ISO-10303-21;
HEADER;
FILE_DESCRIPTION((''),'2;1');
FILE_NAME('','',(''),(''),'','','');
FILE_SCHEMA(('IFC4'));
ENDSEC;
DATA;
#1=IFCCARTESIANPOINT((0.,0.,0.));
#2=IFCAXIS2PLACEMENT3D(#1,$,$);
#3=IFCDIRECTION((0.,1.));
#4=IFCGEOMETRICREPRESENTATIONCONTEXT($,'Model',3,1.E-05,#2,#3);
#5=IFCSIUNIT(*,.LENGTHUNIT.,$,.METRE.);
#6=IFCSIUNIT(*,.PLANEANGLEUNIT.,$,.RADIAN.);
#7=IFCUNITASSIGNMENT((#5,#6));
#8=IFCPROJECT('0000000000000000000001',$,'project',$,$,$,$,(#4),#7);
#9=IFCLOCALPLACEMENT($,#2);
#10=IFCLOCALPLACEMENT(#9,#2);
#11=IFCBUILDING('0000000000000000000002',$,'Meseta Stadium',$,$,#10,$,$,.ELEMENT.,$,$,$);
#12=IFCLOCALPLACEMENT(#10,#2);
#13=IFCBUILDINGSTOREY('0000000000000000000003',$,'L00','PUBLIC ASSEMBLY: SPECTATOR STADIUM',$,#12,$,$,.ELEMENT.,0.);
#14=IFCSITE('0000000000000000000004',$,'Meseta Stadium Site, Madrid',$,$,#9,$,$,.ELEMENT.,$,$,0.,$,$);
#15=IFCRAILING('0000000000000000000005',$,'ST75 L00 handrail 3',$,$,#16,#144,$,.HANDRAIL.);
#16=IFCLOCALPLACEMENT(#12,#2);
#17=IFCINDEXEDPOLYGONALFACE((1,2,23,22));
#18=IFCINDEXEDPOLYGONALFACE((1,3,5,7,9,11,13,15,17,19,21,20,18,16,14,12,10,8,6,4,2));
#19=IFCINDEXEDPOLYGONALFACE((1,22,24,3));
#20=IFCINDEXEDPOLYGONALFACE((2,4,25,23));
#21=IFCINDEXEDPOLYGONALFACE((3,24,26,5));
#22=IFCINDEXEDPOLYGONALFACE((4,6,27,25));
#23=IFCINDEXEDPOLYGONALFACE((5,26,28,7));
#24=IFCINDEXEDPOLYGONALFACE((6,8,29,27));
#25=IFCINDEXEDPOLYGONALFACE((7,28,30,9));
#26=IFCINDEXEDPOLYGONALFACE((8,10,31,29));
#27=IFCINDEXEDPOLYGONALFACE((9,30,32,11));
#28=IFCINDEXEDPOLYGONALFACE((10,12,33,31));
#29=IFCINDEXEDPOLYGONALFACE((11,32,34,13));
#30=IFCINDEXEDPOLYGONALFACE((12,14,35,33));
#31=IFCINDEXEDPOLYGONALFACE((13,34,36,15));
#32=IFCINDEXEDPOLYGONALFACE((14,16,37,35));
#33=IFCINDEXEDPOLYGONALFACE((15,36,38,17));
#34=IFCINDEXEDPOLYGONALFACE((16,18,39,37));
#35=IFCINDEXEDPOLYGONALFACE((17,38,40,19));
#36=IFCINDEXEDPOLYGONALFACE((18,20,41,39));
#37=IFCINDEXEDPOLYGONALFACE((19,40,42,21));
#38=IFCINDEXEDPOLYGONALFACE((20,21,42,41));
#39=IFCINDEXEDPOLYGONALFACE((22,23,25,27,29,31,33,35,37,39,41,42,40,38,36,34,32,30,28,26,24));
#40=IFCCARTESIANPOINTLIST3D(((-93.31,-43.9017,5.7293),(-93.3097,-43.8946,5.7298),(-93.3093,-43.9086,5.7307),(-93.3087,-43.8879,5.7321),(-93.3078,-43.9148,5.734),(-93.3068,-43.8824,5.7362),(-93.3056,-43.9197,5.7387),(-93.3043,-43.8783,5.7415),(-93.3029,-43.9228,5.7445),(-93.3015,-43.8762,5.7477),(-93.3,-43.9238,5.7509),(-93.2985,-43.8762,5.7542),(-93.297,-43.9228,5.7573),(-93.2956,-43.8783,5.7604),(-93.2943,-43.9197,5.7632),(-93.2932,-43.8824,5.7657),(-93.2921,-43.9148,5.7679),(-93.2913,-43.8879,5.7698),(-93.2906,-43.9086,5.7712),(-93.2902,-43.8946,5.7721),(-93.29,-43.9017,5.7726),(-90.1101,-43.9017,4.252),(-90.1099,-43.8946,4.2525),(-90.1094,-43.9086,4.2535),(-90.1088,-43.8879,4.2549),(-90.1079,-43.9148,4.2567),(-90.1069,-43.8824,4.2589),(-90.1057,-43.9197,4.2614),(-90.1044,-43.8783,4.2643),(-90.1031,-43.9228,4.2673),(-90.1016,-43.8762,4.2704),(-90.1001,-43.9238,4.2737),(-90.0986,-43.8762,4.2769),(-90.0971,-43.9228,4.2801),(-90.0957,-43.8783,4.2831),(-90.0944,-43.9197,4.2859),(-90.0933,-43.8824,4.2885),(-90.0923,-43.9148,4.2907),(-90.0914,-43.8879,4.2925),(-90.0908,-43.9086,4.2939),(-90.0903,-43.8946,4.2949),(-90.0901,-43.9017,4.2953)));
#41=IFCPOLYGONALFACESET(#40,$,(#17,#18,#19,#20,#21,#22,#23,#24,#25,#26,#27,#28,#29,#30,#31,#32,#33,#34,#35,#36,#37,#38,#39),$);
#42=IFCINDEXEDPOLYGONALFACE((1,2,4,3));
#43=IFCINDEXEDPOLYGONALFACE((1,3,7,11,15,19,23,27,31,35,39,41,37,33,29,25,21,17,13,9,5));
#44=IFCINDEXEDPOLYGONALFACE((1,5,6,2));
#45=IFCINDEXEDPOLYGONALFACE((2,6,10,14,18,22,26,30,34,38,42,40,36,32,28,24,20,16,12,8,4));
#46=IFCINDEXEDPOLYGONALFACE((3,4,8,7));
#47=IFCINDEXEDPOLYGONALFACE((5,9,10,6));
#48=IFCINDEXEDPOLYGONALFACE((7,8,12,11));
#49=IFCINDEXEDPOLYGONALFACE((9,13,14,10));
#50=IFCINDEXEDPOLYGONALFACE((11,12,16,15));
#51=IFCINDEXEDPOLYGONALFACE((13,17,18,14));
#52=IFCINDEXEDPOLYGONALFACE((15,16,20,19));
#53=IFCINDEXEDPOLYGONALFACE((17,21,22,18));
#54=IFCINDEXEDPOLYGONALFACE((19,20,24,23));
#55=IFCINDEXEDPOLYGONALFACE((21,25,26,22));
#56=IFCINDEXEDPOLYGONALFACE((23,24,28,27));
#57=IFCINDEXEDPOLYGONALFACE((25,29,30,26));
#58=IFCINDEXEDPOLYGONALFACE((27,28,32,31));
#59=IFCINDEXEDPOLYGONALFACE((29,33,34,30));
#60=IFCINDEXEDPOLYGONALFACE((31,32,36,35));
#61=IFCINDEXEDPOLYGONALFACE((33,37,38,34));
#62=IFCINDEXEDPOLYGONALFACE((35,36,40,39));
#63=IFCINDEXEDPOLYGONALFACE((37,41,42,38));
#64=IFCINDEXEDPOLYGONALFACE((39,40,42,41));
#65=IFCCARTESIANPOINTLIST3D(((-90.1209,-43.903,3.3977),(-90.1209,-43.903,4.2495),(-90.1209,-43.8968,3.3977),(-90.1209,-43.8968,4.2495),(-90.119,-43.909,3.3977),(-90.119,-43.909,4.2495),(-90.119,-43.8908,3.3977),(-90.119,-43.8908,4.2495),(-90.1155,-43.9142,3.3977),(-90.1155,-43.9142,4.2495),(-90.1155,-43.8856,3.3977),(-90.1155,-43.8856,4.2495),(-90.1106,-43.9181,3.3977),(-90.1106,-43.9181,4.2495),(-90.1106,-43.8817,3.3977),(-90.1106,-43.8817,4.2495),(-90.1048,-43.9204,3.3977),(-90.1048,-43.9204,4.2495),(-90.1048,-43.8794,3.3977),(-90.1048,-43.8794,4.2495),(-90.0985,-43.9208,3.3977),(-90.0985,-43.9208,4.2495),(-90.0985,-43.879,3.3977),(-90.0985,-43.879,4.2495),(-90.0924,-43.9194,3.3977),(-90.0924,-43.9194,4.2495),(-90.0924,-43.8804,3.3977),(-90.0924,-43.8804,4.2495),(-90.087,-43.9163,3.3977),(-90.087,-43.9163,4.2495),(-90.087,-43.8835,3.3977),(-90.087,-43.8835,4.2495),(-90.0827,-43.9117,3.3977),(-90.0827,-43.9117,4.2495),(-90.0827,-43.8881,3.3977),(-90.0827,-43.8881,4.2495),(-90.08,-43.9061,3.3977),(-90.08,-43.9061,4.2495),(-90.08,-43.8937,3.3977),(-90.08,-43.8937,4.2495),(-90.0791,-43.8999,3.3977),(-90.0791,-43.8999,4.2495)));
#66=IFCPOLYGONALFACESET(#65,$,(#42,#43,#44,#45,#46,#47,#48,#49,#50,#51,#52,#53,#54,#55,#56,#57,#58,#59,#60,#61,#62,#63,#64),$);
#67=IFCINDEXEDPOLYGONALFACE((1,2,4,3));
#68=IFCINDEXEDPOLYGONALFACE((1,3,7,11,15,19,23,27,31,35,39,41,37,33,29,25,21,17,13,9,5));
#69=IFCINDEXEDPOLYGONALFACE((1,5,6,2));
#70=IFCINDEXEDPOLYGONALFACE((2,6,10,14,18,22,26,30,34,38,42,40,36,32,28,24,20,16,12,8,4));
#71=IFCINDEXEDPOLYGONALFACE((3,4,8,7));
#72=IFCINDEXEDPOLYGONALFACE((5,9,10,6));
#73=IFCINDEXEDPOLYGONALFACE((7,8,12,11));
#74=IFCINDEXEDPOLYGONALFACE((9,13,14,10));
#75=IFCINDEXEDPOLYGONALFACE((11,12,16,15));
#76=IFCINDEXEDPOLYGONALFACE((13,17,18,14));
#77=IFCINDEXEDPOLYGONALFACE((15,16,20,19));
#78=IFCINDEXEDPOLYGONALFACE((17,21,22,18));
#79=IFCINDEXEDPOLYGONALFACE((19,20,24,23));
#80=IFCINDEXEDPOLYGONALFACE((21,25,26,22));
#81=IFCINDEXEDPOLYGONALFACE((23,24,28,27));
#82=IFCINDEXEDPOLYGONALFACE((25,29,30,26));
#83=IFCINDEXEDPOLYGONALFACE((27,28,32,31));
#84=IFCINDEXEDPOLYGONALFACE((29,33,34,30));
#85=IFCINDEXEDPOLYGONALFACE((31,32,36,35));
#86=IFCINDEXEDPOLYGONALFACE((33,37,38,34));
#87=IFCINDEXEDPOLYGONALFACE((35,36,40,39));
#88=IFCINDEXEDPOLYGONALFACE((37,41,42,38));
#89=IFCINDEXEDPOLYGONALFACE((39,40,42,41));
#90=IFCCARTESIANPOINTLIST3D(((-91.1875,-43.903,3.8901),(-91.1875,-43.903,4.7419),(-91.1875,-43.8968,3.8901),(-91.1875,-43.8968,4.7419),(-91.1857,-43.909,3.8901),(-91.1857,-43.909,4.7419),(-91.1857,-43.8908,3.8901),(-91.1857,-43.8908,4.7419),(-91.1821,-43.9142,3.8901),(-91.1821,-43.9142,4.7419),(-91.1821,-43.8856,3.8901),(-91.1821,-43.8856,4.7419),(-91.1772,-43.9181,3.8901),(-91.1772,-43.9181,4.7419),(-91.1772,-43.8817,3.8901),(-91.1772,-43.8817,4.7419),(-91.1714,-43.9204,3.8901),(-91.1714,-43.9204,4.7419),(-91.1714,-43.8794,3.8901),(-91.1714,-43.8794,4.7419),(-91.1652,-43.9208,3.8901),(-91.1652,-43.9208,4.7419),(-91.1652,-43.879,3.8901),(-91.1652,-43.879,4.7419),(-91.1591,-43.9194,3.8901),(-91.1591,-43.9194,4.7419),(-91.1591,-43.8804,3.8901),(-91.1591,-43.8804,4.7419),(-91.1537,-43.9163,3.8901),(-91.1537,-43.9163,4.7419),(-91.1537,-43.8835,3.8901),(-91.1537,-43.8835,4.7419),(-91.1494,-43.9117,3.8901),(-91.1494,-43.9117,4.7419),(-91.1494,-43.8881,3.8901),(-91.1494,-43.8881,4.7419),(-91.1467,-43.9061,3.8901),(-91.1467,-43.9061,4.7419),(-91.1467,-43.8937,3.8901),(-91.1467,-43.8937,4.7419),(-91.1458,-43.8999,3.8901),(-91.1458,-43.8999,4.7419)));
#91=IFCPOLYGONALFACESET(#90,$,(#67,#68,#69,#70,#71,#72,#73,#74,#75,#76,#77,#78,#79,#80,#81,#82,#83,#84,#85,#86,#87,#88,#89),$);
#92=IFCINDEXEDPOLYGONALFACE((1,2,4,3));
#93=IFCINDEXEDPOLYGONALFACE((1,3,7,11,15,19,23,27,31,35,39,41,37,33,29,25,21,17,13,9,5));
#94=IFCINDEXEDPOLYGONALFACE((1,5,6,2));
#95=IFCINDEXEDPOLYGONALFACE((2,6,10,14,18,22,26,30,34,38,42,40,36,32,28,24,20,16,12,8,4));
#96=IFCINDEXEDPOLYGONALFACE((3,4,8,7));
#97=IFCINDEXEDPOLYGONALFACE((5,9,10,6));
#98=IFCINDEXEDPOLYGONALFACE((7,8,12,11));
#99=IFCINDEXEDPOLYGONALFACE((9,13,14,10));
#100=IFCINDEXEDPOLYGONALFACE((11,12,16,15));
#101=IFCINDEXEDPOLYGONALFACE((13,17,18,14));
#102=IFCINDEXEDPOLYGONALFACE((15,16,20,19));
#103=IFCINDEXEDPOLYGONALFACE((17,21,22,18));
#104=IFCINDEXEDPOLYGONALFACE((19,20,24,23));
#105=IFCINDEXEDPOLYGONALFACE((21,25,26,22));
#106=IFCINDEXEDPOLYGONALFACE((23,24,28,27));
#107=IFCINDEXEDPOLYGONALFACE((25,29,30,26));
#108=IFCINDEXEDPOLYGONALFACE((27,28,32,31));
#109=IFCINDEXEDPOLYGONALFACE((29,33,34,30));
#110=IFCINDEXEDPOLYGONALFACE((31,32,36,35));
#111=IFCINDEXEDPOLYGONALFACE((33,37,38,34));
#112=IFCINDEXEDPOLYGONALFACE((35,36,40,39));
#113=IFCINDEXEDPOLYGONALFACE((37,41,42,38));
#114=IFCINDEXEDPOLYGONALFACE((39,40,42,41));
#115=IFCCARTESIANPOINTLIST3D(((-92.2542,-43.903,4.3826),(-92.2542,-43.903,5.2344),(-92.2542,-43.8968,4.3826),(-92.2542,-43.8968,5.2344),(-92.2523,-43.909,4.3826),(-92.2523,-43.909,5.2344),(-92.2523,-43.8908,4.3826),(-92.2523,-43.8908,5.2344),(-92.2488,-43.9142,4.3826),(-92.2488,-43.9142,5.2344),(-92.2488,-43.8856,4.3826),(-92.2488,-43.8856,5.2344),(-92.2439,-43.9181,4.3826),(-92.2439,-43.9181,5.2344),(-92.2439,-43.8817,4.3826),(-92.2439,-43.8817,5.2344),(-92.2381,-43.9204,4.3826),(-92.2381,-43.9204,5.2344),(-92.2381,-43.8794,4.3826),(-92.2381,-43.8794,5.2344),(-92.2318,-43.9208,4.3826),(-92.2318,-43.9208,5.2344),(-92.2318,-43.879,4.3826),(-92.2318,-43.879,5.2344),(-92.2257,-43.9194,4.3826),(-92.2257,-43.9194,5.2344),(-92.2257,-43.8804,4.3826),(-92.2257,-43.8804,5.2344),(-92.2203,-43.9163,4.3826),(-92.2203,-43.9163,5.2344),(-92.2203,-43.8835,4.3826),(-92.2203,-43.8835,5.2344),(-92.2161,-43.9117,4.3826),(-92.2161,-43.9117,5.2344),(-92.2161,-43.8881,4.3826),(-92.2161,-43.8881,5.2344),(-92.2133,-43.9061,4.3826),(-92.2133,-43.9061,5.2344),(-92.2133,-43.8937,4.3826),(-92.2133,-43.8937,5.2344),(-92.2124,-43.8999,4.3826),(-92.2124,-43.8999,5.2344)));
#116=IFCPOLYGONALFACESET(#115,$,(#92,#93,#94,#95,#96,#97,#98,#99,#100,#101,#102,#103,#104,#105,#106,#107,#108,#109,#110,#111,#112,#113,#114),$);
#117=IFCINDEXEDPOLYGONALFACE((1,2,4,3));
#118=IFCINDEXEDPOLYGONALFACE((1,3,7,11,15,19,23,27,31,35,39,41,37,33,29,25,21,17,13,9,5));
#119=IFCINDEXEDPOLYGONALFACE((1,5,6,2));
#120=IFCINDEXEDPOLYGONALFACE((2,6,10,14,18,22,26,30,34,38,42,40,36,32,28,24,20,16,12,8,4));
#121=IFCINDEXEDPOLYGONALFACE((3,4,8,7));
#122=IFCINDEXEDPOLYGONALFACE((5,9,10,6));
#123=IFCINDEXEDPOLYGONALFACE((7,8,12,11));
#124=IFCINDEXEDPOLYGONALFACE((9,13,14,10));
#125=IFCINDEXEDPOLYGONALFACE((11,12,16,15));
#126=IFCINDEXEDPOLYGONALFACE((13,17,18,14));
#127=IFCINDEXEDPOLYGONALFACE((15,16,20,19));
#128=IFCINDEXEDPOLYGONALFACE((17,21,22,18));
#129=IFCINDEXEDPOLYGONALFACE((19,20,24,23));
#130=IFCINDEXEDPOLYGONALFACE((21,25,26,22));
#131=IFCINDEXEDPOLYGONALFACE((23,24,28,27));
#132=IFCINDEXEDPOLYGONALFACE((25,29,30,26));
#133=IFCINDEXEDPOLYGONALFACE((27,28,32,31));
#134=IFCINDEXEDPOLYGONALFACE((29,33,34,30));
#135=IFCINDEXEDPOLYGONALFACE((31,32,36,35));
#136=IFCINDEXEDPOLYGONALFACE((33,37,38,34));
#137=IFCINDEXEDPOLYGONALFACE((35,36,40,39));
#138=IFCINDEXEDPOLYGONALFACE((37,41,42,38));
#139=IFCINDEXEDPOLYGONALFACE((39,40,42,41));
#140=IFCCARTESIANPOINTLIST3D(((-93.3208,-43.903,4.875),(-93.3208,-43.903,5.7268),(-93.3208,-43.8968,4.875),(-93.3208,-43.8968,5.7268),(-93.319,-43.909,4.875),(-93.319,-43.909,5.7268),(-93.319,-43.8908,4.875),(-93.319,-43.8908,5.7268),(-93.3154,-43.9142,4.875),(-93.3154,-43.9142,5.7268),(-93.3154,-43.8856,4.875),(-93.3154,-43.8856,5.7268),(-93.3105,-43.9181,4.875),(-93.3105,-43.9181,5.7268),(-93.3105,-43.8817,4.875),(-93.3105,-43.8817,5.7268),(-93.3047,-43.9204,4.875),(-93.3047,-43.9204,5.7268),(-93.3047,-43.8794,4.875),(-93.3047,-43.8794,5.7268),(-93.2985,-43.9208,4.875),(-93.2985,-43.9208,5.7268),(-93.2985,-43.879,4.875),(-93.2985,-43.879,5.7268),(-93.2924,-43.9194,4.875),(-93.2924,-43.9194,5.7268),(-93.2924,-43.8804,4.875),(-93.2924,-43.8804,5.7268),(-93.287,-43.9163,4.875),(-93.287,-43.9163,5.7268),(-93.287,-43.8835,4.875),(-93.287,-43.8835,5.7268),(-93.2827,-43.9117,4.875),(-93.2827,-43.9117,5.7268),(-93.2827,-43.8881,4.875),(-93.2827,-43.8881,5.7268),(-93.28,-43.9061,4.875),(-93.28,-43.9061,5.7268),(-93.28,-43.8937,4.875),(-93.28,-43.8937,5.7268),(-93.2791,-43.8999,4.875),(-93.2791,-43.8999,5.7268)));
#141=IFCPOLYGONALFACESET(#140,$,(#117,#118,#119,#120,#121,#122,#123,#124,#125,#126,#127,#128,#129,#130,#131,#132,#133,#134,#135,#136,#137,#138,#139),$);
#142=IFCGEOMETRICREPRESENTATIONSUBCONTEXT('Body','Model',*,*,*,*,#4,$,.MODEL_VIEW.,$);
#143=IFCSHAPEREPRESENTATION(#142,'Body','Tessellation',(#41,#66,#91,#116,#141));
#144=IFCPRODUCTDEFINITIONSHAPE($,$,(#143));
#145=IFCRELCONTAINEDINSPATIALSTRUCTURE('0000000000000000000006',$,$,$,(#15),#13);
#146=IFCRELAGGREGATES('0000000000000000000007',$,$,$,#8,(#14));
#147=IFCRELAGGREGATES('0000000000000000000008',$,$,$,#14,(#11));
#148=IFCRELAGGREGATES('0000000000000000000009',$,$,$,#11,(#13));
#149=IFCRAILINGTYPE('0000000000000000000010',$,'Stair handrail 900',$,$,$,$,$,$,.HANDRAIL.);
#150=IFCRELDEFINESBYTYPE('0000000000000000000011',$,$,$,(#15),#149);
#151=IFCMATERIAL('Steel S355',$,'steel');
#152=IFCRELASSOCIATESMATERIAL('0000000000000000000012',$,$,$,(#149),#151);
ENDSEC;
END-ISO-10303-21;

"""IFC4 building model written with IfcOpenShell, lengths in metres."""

from ifc_helpers import new_model, si_unit, direction, frame, origin, origin_2d, place, context, subcontext, project, spatial, circle, extrude, material, type_object, element, save


model = new_model("IFC4")

# Units and contexts
model_context = context("Model", 3, precision=1e-05, world=origin(), true_north=direction((0.0, 1.0)))
body_context = subcontext(model_context, "Body", "Model", "MODEL_VIEW")
ifc_project = project(units=[si_unit("LENGTHUNIT", "METRE"), si_unit("PLANEANGLEUNIT", "RADIAN")], contexts=[model_context])

# Site, building, storey
site_placement = place(None, origin())
site = spatial("IfcSite", under=ifc_project, at=site_placement, Name="Meseta Stadium Site, Madrid", CompositionType="ELEMENT", RefElevation=0.0)
building_placement = place(site_placement, origin())
building = spatial("IfcBuilding", under=site, at=building_placement, Name="Meseta Stadium", CompositionType="ELEMENT")
storey_placement = place(building_placement, origin())
storey = spatial("IfcBuildingStorey", under=building, at=storey_placement, Name="L00", Description="PUBLIC ASSEMBLY: SPECTATOR STADIUM", CompositionType="ELEMENT", Elevation=0.0)

# Railing
ifc_material_1 = material(Name="Steel S355", Category="steel")
railing_type_1 = type_object("IfcRailingType", Name="Stair handrail 900", PredefinedType="HANDRAIL", material=ifc_material_1)
for number, where, name in (
    (1, (-90.1001, -43.8999, 3.3977), "ST75 L00 handrail 3"),
):
    element("IfcRailing", number, at=place(storey_placement, frame(where)), inside=storey, type_object=railing_type_1, Name=name, PredefinedType="HANDRAIL", context=body_context, shape_type="SweptSolid", body=[
        extrude(circle(Radius=0.0239, at=origin_2d()), frame((0.0, 0.0, 0.876), z_axis=(-0.907917, 0.0, 0.41915), x_axis=(0.0, -1.0, 0.0)), (0.0, 0.0, 1.0), 3.5244),
        extrude(circle(Radius=0.021, at=origin_2d()), origin(), (0.0, 0.0, 1.0), 0.8518),
        extrude(circle(Radius=0.021, at=origin_2d()), frame((-1.0667, 0.0, 0.4924)), (0.0, 0.0, 1.0), 0.8518),
        extrude(circle(Radius=0.021, at=origin_2d()), frame((-2.1333, 0.0, 0.9849)), (0.0, 0.0, 1.0), 0.8518),
        extrude(circle(Radius=0.021, at=origin_2d()), frame((-3.2, 0.0, 1.4773)), (0.0, 0.0, 1.0), 0.8518),
    ])

save(model, "model.ifc")
